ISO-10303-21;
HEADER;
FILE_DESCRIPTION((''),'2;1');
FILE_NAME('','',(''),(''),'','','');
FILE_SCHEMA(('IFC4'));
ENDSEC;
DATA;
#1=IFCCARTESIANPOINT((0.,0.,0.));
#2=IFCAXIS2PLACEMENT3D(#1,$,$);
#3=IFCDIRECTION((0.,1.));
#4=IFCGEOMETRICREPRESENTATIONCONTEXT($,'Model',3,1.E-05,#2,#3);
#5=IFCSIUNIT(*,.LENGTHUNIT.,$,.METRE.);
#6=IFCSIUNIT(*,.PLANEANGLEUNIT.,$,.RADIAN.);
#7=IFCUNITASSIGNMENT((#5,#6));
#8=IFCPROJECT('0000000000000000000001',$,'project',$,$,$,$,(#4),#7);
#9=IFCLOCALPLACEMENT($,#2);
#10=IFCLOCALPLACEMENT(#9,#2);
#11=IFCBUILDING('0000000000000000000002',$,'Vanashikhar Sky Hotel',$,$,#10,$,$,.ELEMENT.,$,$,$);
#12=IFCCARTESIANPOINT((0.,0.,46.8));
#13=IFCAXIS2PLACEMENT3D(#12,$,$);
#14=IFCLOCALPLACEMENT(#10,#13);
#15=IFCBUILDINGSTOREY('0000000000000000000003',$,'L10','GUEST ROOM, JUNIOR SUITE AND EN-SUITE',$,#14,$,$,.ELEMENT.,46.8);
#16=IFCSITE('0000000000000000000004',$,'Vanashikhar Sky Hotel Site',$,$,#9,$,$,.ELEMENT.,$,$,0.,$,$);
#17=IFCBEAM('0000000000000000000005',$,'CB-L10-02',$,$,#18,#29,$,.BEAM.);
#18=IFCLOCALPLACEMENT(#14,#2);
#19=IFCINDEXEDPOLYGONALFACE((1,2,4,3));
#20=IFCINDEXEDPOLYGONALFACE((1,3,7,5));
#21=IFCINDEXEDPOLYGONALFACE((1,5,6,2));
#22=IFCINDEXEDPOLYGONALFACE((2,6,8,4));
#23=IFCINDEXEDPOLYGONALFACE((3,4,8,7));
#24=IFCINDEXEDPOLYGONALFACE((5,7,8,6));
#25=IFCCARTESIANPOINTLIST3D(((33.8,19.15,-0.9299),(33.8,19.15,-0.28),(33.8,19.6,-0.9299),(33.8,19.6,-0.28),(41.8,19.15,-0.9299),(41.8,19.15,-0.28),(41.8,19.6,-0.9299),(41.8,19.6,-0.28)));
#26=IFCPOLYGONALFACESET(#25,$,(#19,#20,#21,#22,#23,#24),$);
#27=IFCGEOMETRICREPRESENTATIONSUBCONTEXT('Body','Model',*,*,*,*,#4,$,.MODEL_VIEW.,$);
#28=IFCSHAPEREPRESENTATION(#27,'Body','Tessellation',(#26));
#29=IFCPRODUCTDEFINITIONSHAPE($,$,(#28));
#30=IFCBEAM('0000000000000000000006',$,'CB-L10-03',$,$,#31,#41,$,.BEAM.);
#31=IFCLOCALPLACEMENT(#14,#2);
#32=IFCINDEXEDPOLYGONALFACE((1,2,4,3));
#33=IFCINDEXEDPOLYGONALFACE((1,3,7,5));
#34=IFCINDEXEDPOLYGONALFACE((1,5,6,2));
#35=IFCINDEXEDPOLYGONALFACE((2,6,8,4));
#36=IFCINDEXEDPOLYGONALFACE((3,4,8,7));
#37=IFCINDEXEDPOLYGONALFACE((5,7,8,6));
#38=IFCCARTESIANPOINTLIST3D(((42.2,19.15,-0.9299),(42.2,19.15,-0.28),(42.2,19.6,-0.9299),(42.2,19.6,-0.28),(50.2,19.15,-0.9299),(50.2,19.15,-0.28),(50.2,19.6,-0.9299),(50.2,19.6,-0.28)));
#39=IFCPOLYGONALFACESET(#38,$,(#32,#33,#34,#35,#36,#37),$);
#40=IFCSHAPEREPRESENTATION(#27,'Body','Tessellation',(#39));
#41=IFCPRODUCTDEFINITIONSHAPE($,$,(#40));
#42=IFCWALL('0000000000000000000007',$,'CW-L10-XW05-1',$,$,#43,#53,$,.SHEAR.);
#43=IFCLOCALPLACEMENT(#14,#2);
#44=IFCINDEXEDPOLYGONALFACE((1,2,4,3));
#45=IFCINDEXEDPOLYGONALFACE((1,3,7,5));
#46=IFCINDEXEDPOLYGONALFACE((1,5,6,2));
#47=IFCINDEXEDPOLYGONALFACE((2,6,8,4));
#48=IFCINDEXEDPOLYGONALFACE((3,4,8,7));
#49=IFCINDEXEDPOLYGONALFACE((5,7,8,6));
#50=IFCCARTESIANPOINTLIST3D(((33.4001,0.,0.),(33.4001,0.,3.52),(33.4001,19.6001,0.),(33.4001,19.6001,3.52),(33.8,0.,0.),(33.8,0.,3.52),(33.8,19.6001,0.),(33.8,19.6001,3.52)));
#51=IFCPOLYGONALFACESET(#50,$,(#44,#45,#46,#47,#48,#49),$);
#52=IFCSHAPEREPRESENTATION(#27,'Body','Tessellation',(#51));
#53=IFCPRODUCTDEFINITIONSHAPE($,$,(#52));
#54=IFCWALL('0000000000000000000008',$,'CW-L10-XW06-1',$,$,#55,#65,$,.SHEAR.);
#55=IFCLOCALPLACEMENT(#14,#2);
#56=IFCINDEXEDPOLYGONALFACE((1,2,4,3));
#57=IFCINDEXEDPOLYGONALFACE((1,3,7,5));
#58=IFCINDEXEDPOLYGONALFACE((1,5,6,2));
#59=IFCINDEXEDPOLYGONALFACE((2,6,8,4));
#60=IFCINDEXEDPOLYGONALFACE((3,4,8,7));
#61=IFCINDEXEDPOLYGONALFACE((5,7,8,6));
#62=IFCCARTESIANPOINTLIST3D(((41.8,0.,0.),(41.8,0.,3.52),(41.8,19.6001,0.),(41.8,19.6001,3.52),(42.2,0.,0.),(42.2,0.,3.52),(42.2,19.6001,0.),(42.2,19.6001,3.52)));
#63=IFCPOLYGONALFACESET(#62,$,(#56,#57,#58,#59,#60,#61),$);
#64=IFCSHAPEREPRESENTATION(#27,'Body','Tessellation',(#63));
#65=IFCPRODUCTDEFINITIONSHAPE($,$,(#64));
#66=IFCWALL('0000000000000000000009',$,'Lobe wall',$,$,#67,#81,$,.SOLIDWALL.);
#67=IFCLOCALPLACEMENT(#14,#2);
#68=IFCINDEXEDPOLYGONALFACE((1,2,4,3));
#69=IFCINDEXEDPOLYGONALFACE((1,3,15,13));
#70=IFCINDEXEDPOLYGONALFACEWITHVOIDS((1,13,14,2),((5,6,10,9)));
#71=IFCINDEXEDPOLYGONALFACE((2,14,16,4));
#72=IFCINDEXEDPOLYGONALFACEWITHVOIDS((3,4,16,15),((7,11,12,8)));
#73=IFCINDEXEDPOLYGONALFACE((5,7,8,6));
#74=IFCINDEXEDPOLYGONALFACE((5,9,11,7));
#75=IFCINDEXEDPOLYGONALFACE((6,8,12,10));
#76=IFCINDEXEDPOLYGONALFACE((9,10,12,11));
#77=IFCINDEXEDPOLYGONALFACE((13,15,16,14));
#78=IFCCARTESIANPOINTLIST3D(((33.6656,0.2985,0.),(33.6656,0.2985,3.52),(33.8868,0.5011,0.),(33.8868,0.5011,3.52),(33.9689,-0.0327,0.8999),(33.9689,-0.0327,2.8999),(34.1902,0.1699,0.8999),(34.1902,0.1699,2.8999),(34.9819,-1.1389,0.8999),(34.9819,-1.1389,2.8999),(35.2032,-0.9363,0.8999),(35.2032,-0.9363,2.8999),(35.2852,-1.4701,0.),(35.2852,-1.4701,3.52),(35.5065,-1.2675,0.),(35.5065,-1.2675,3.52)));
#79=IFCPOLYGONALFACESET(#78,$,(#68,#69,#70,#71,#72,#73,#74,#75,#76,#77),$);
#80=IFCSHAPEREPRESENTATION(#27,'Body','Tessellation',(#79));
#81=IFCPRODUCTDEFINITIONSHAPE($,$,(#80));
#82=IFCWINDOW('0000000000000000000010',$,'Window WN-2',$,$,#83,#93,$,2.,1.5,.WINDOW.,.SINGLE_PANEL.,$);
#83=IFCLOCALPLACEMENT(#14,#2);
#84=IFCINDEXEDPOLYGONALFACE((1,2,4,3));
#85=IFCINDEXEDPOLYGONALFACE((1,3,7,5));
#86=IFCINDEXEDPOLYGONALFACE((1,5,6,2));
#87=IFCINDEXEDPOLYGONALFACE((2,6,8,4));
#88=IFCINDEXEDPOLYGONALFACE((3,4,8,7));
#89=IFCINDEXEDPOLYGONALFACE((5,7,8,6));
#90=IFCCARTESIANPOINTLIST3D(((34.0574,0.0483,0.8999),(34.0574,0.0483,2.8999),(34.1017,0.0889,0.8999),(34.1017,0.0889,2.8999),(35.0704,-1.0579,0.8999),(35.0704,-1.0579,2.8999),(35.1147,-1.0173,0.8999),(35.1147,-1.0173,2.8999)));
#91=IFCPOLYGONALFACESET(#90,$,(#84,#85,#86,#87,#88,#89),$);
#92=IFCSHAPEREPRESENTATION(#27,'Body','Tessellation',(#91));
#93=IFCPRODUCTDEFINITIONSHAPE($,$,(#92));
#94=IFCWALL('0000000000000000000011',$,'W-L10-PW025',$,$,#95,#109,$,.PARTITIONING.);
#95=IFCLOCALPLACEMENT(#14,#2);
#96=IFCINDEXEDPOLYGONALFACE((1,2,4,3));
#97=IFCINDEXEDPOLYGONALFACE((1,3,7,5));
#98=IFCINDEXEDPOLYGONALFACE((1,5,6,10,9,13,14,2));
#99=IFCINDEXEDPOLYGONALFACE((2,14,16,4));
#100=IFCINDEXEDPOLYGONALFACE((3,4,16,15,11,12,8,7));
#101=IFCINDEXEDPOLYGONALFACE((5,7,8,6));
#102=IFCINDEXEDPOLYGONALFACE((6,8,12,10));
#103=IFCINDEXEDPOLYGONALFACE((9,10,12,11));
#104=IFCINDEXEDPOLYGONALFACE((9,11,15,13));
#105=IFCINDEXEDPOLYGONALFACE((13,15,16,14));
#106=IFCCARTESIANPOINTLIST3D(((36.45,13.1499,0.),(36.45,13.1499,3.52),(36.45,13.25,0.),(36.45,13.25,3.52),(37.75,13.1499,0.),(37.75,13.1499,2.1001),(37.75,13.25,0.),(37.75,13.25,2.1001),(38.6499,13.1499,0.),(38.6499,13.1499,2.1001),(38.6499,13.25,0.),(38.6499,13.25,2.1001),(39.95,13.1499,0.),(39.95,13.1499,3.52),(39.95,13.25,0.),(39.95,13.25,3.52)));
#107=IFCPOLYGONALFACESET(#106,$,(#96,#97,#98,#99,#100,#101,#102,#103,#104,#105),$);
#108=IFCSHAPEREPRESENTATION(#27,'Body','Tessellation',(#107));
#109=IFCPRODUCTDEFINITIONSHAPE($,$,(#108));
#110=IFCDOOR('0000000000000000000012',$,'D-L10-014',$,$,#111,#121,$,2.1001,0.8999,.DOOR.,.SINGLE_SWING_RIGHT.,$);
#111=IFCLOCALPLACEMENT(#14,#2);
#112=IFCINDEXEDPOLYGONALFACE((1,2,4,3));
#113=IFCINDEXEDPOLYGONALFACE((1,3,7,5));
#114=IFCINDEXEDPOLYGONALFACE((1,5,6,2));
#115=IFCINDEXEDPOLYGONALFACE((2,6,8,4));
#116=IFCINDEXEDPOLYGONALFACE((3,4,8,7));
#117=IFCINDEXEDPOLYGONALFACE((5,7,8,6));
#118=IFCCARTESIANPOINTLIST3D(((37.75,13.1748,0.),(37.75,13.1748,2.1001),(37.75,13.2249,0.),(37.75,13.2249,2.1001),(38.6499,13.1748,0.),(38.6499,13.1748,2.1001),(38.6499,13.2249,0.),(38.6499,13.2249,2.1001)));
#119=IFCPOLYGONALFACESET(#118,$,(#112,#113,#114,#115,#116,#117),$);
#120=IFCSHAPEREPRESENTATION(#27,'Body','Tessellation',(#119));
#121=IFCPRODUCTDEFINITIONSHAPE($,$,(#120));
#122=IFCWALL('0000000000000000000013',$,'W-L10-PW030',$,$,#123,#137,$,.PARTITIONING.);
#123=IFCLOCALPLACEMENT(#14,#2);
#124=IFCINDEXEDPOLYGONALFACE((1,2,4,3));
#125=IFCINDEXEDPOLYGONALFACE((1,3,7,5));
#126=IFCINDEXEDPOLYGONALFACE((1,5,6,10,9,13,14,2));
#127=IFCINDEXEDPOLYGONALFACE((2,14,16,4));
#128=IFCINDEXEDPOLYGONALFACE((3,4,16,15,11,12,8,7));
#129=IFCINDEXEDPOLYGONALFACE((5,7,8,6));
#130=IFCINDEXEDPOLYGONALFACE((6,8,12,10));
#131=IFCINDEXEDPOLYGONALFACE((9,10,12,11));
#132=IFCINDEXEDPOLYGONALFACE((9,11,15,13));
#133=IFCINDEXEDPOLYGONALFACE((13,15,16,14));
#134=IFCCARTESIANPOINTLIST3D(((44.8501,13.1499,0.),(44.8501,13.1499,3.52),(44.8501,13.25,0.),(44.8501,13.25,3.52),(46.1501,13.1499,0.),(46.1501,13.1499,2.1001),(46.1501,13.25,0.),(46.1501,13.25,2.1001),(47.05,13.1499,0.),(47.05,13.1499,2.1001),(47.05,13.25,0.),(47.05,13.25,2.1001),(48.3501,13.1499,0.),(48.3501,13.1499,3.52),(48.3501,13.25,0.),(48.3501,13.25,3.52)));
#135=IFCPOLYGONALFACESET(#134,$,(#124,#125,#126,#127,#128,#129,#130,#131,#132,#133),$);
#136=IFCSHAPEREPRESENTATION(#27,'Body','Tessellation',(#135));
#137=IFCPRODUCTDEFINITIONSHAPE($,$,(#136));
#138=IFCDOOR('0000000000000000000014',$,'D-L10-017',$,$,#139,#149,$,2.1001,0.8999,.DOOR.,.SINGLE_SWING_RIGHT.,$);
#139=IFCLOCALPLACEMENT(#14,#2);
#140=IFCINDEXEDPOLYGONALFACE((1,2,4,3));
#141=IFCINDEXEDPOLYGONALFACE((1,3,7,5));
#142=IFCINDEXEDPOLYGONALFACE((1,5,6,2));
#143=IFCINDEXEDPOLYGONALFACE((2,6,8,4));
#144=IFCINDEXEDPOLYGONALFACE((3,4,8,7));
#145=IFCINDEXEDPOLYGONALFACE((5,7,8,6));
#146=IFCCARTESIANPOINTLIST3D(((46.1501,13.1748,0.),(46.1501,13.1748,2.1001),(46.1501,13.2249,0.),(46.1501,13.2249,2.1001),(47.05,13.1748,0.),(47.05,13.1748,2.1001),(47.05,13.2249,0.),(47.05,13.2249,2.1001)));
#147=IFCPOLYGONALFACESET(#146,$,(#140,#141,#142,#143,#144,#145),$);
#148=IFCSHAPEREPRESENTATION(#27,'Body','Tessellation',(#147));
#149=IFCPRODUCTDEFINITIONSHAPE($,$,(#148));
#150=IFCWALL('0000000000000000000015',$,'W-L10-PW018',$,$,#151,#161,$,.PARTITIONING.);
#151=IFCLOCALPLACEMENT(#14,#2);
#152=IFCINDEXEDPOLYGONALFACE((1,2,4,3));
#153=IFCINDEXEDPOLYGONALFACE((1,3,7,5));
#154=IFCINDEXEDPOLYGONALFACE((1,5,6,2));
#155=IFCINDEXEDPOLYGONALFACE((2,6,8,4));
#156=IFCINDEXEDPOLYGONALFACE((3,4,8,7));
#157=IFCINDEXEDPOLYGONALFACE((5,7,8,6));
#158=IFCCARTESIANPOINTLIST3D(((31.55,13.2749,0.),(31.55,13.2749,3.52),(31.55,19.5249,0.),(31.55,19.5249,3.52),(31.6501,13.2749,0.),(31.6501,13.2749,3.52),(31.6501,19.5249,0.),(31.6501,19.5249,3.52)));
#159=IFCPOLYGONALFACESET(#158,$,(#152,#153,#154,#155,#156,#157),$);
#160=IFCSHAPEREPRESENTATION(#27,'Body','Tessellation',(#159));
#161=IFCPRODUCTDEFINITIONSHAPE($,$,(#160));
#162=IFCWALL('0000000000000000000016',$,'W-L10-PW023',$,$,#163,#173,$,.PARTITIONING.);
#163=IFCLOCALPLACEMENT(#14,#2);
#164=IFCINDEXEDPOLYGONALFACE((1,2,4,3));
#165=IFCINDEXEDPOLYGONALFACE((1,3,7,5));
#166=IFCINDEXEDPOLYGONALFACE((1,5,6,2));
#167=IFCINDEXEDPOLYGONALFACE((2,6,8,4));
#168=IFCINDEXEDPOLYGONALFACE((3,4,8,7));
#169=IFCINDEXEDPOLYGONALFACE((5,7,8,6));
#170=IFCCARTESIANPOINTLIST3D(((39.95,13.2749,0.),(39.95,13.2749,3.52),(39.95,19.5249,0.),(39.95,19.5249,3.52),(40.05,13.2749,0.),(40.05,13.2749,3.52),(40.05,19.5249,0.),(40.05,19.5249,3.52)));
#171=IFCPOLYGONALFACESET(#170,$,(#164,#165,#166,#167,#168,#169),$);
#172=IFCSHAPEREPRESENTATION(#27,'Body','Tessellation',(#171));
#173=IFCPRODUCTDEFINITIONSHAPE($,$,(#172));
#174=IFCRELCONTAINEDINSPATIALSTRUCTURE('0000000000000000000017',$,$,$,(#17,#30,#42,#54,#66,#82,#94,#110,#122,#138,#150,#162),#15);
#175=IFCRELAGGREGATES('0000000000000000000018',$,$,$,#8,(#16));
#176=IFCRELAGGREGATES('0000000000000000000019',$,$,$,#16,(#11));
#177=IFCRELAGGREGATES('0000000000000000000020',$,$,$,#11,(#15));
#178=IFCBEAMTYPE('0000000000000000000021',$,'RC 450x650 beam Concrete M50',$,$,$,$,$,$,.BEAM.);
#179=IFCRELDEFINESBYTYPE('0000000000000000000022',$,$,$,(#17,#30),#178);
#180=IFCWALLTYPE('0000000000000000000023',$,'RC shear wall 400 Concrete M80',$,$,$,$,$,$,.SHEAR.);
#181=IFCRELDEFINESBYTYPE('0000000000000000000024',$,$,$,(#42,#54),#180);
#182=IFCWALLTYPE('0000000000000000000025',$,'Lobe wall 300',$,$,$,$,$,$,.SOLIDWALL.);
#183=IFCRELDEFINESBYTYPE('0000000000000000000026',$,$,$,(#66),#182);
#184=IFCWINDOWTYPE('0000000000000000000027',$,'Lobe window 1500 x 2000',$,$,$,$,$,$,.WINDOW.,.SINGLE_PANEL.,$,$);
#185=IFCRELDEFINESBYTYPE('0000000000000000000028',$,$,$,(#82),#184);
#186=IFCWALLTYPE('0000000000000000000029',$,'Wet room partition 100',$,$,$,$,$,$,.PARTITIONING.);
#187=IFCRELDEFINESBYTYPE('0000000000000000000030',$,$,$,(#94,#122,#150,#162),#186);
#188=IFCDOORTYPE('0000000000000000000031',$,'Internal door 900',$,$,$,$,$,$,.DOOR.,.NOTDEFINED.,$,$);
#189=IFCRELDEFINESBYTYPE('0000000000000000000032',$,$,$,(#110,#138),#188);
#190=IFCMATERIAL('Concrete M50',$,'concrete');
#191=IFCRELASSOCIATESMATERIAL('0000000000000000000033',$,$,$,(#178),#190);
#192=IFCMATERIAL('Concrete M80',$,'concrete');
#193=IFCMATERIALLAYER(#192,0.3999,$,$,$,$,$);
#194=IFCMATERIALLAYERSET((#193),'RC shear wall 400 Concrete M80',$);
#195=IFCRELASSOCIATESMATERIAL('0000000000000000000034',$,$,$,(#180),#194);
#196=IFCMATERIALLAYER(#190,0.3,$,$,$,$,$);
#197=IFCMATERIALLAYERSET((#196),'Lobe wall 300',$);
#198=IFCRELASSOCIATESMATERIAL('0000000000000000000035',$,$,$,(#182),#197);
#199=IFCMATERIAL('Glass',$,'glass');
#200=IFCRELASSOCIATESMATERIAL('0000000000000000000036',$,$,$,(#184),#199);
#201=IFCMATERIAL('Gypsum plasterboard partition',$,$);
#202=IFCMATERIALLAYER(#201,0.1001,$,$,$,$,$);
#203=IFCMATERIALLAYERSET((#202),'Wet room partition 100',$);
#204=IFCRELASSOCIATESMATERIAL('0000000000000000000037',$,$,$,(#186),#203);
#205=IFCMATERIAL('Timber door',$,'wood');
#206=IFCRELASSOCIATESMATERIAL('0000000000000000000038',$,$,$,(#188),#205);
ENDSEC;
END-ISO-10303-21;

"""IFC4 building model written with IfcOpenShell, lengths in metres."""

from ifc_helpers import new_model, si_unit, direction, frame, frame_2d, origin, origin_2d, place, context, subcontext, project, spatial, rectangle, extrude, source, transform, mapped, material, layer, layer_set, material_profile, profile_set, type_object, element, fill, save


model = new_model("IFC4")

# Units and contexts
model_context = context("Model", 3, precision=1e-05, world=origin(), true_north=direction((0.0, 1.0)))
body_context = subcontext(model_context, "Body", "Model", "MODEL_VIEW")
ifc_project = project(units=[si_unit("LENGTHUNIT", "METRE"), si_unit("PLANEANGLEUNIT", "RADIAN")], contexts=[model_context])

# Site, building, storey
site_placement = place(None, origin())
site = spatial("IfcSite", under=ifc_project, at=site_placement, Name="Vanashikhar Sky Hotel Site", CompositionType="ELEMENT", RefElevation=0.0)
building_placement = place(site_placement, origin())
building = spatial("IfcBuilding", under=site, at=building_placement, Name="Vanashikhar Sky Hotel", CompositionType="ELEMENT")
storey_placement = place(building_placement, frame((0.0, 0.0, 46.8)))
storey = spatial("IfcBuildingStorey", under=building, at=storey_placement, Name="L10", Description="GUEST ROOM, JUNIOR SUITE AND EN-SUITE", CompositionType="ELEMENT", Elevation=46.8)

# Beams
ifc_material_1 = material(Name="Concrete M50", Category="concrete")
ifc_material_profile = material_profile(ifc_material_1, rectangle(XDim=0.45, YDim=0.6499, at=origin_2d()))
ifc_profile_set = profile_set([ifc_material_profile], Name="RC 450x650 beam Concrete M50")
beam_type = type_object("IfcBeamType", Name="RC 450x650 beam Concrete M50", PredefinedType="BEAM", material=ifc_profile_set)
shared_shape_1 = source(origin(), body_context, "Body", "SweptSolid", [
    extrude(rectangle(XDim=0.45, YDim=0.6499, at=origin_2d()), origin(), (0.0, 0.0, 1.0), 8.0),
])
for number, where, z_axis, x_axis, name in (
    (1, (33.8, 19.375, -0.605), (1.0, 0.0, 0.0), (0.0, 1.0, 0.0), "CB-L10-02"),
    (2, (42.2, 19.375, -0.605), (1.0, 0.0, 0.0), (0.0, 1.0, 0.0), "CB-L10-03"),
):
    element("IfcBeam", number, at=place(storey_placement, frame(where, z_axis=z_axis, x_axis=x_axis)), inside=storey, type_object=beam_type, Name=name, PredefinedType="BEAM", context=body_context, shape_type="MappedRepresentation", body=[
        mapped(shared_shape_1, transform((0.0, 0.0, 0.0), scale=1.0)),
    ])

# Walls
ifc_material_2 = material(Name="Concrete M80", Category="concrete")
ifc_layer_1 = layer(ifc_material_2, 0.3999)
ifc_layer_set_1 = layer_set([ifc_layer_1], Name="RC shear wall 400 Concrete M80")
wall_type_1 = type_object("IfcWallType", Name="RC shear wall 400 Concrete M80", PredefinedType="SHEAR", material=ifc_layer_set_1)
shared_shape_2 = source(origin(), body_context, "Body", "SweptSolid", [
    extrude(rectangle(XDim=19.6001, YDim=0.3999, at=frame_2d((9.8, 0.0))), origin(), (0.0, 0.0, 1.0), 3.52),
])
for number, where, z_axis, x_axis, name in (
    (3, (33.6001, 0.0, 0.0), (0.0, 0.0, 1.0), (0.0, 1.0, 0.0), "CW-L10-XW05-1"),
    (4, (42.0, 0.0, 0.0), (0.0, 0.0, 1.0), (0.0, 1.0, 0.0), "CW-L10-XW06-1"),
):
    element("IfcWall", number, at=place(storey_placement, frame(where, z_axis=z_axis, x_axis=x_axis)), inside=storey, type_object=wall_type_1, Name=name, PredefinedType="SHEAR", context=body_context, shape_type="MappedRepresentation", body=[
        mapped(shared_shape_2, transform((0.0, 0.0, 0.0), scale=1.0)),
    ])

# Wall, opening, window
ifc_layer_2 = layer(ifc_material_1, 0.3)
ifc_layer_set_2 = layer_set([ifc_layer_2], Name="Lobe wall 300")
wall_type_2 = type_object("IfcWallType", Name="Lobe wall 300", PredefinedType="SOLIDWALL", material=ifc_layer_set_2)
shared_shape_3 = source(origin(), body_context, "Body", "SweptSolid", [
    extrude(rectangle(XDim=2.3982, YDim=0.3, at=frame_2d((1.1992, 0.0))), origin(), (0.0, 0.0, 1.0), 3.52),
])
wall_1_placement = place(storey_placement, frame((33.7761, 0.3999, 0.0), z_axis=(0.0, 0.0, 1.0), x_axis=(0.675374, -0.737475, 0.0)))
wall_1 = element("IfcWall", 5, at=wall_1_placement, inside=storey, type_object=wall_type_2, Name="Lobe wall", PredefinedType="SOLIDWALL", context=body_context, shape_type="MappedRepresentation", body=[
    mapped(shared_shape_3, transform((0.0, 0.0, 0.0), scale=1.0)),
])
shared_shape_4 = source(origin(), body_context, "Body", "SweptSolid", [
    extrude(rectangle(XDim=1.5, YDim=2.0, at=frame_2d((0.75, 1.0))), frame((0.0, 0.1602, 0.0), z_axis=(0.0, -1.0, 0.0), x_axis=(1.0, 0.0, 0.0)), (0.0, 0.0, 1.0), 0.3201),
])
opening_1_placement = place(wall_1_placement, frame((0.4492, 0.0, 0.8999)))
opening_1 = element("IfcOpeningElement", 6, at=opening_1_placement, cuts=wall_1, PredefinedType="OPENING", context=body_context, shape_type="MappedRepresentation", body=[
    mapped(shared_shape_4, transform((0.0, 0.0, 0.0), scale=1.0)),
])
ifc_material_3 = material(Name="Glass", Category="glass")
window_type = type_object("IfcWindowType", Name="Lobe window 1500 x 2000", PartitioningType="SINGLE_PANEL", PredefinedType="WINDOW", material=ifc_material_3)
shared_shape_5 = source(origin(), body_context, "Body", "SweptSolid", [
    extrude(rectangle(XDim=1.5, YDim=2.0, at=frame_2d((0.75, 1.0))), frame((0.0, 0.03, 0.0), z_axis=(0.0, -1.0, 0.0), x_axis=(1.0, 0.0, 0.0)), (0.0, 0.0, 1.0), 0.0601),
])
window_placement = place(opening_1_placement, origin())
window = element("IfcWindow", 7, at=window_placement, inside=storey, type_object=window_type, Name="Window WN-2", OverallHeight=2.0, OverallWidth=1.5, PartitioningType="SINGLE_PANEL", PredefinedType="WINDOW", context=body_context, shape_type="MappedRepresentation", body=[
    mapped(shared_shape_5, transform((0.0, 0.0, 0.0), scale=1.0)),
])
fill(opening_1, window)

# Walls, openings, doors
ifc_material_4 = material(Name="Gypsum plasterboard partition")
ifc_layer_3 = layer(ifc_material_4, 0.1001)
ifc_layer_set_3 = layer_set([ifc_layer_3], Name="Wet room partition 100")
wall_type_3 = type_object("IfcWallType", Name="Wet room partition 100", PredefinedType="PARTITIONING", material=ifc_layer_set_3)
shared_shape_6 = source(origin(), body_context, "Body", "SweptSolid", [
    extrude(rectangle(XDim=3.5, YDim=0.1001, at=frame_2d((1.75, 0.0))), origin(), (0.0, 0.0, 1.0), 3.52),
])
wall_2_placement = place(storey_placement, frame((36.45, 13.2, 0.0), z_axis=(0.0, 0.0, 1.0), x_axis=(1.0, 0.0, 0.0)))
wall_2 = element("IfcWall", 8, at=wall_2_placement, inside=storey, type_object=wall_type_3, Name="W-L10-PW025", PredefinedType="PARTITIONING", context=body_context, shape_type="MappedRepresentation", body=[
    mapped(shared_shape_6, transform((0.0, 0.0, 0.0), scale=1.0)),
])
shared_shape_7 = source(origin(), body_context, "Body", "SweptSolid", [
    extrude(rectangle(XDim=0.8999, YDim=2.1001, at=frame_2d((0.45, 1.05))), frame((0.0, 0.0601, 0.0), z_axis=(0.0, -1.0, 0.0), x_axis=(1.0, 0.0, 0.0)), (0.0, 0.0, 1.0), 0.1201),
])
opening_2_placement = place(wall_2_placement, frame((1.3, 0.0, 0.0)))
opening_2 = element("IfcOpeningElement", 9, at=opening_2_placement, cuts=wall_2, PredefinedType="OPENING", context=body_context, shape_type="MappedRepresentation", body=[
    mapped(shared_shape_7, transform((0.0, 0.0, 0.0), scale=1.0)),
])
ifc_material_5 = material(Name="Timber door", Category="wood")
door_type = type_object("IfcDoorType", Name="Internal door 900", OperationType="NOTDEFINED", PredefinedType="DOOR", material=ifc_material_5)
shared_shape_8 = source(origin(), body_context, "Body", "SweptSolid", [
    extrude(rectangle(XDim=0.8999, YDim=2.1001, at=frame_2d((0.45, 1.05))), frame((0.0, 0.0249, 0.0), z_axis=(0.0, -1.0, 0.0), x_axis=(1.0, 0.0, 0.0)), (0.0, 0.0, 1.0), 0.05),
])
door_1_placement = place(opening_2_placement, origin())
door_1 = element("IfcDoor", 10, at=door_1_placement, inside=storey, type_object=door_type, Name="D-L10-014", OperationType="SINGLE_SWING_RIGHT", OverallHeight=2.1001, OverallWidth=0.8999, PredefinedType="DOOR", context=body_context, shape_type="MappedRepresentation", body=[
    mapped(shared_shape_8, transform((0.0, 0.0, 0.0), scale=1.0)),
])
fill(opening_2, door_1)
wall_3_placement = place(storey_placement, frame((44.8501, 13.2, 0.0), z_axis=(0.0, 0.0, 1.0), x_axis=(1.0, 0.0, 0.0)))
wall_3 = element("IfcWall", 11, at=wall_3_placement, inside=storey, type_object=wall_type_3, Name="W-L10-PW030", PredefinedType="PARTITIONING", context=body_context, shape_type="MappedRepresentation", body=[
    mapped(shared_shape_6, transform((0.0, 0.0, 0.0), scale=1.0)),
])
opening_3_placement = place(wall_3_placement, frame((1.3, 0.0, 0.0)))
opening_3 = element("IfcOpeningElement", 12, at=opening_3_placement, cuts=wall_3, PredefinedType="OPENING", context=body_context, shape_type="MappedRepresentation", body=[
    mapped(shared_shape_7, transform((0.0, 0.0, 0.0), scale=1.0)),
])
door_2_placement = place(opening_3_placement, origin())
door_2 = element("IfcDoor", 13, at=door_2_placement, inside=storey, type_object=door_type, Name="D-L10-017", OperationType="SINGLE_SWING_RIGHT", OverallHeight=2.1001, OverallWidth=0.8999, PredefinedType="DOOR", context=body_context, shape_type="MappedRepresentation", body=[
    mapped(shared_shape_8, transform((0.0, 0.0, 0.0), scale=1.0)),
])
fill(opening_3, door_2)

# Walls
shared_shape_9 = source(origin(), body_context, "Body", "SweptSolid", [
    extrude(rectangle(XDim=6.25, YDim=0.1001, at=frame_2d((3.125, 0.0))), origin(), (0.0, 0.0, 1.0), 3.52),
])
for number, where, z_axis, x_axis, name in (
    (14, (31.6001, 13.2749, 0.0), (0.0, 0.0, 1.0), (0.0, 1.0, 0.0), "W-L10-PW018"),
    (15, (40.0, 13.2749, 0.0), (0.0, 0.0, 1.0), (0.0, 1.0, 0.0), "W-L10-PW023"),
):
    element("IfcWall", number, at=place(storey_placement, frame(where, z_axis=z_axis, x_axis=x_axis)), inside=storey, type_object=wall_type_3, Name=name, PredefinedType="PARTITIONING", context=body_context, shape_type="MappedRepresentation", body=[
        mapped(shared_shape_9, transform((0.0, 0.0, 0.0), scale=1.0)),
    ])

save(model, "model.ifc")
